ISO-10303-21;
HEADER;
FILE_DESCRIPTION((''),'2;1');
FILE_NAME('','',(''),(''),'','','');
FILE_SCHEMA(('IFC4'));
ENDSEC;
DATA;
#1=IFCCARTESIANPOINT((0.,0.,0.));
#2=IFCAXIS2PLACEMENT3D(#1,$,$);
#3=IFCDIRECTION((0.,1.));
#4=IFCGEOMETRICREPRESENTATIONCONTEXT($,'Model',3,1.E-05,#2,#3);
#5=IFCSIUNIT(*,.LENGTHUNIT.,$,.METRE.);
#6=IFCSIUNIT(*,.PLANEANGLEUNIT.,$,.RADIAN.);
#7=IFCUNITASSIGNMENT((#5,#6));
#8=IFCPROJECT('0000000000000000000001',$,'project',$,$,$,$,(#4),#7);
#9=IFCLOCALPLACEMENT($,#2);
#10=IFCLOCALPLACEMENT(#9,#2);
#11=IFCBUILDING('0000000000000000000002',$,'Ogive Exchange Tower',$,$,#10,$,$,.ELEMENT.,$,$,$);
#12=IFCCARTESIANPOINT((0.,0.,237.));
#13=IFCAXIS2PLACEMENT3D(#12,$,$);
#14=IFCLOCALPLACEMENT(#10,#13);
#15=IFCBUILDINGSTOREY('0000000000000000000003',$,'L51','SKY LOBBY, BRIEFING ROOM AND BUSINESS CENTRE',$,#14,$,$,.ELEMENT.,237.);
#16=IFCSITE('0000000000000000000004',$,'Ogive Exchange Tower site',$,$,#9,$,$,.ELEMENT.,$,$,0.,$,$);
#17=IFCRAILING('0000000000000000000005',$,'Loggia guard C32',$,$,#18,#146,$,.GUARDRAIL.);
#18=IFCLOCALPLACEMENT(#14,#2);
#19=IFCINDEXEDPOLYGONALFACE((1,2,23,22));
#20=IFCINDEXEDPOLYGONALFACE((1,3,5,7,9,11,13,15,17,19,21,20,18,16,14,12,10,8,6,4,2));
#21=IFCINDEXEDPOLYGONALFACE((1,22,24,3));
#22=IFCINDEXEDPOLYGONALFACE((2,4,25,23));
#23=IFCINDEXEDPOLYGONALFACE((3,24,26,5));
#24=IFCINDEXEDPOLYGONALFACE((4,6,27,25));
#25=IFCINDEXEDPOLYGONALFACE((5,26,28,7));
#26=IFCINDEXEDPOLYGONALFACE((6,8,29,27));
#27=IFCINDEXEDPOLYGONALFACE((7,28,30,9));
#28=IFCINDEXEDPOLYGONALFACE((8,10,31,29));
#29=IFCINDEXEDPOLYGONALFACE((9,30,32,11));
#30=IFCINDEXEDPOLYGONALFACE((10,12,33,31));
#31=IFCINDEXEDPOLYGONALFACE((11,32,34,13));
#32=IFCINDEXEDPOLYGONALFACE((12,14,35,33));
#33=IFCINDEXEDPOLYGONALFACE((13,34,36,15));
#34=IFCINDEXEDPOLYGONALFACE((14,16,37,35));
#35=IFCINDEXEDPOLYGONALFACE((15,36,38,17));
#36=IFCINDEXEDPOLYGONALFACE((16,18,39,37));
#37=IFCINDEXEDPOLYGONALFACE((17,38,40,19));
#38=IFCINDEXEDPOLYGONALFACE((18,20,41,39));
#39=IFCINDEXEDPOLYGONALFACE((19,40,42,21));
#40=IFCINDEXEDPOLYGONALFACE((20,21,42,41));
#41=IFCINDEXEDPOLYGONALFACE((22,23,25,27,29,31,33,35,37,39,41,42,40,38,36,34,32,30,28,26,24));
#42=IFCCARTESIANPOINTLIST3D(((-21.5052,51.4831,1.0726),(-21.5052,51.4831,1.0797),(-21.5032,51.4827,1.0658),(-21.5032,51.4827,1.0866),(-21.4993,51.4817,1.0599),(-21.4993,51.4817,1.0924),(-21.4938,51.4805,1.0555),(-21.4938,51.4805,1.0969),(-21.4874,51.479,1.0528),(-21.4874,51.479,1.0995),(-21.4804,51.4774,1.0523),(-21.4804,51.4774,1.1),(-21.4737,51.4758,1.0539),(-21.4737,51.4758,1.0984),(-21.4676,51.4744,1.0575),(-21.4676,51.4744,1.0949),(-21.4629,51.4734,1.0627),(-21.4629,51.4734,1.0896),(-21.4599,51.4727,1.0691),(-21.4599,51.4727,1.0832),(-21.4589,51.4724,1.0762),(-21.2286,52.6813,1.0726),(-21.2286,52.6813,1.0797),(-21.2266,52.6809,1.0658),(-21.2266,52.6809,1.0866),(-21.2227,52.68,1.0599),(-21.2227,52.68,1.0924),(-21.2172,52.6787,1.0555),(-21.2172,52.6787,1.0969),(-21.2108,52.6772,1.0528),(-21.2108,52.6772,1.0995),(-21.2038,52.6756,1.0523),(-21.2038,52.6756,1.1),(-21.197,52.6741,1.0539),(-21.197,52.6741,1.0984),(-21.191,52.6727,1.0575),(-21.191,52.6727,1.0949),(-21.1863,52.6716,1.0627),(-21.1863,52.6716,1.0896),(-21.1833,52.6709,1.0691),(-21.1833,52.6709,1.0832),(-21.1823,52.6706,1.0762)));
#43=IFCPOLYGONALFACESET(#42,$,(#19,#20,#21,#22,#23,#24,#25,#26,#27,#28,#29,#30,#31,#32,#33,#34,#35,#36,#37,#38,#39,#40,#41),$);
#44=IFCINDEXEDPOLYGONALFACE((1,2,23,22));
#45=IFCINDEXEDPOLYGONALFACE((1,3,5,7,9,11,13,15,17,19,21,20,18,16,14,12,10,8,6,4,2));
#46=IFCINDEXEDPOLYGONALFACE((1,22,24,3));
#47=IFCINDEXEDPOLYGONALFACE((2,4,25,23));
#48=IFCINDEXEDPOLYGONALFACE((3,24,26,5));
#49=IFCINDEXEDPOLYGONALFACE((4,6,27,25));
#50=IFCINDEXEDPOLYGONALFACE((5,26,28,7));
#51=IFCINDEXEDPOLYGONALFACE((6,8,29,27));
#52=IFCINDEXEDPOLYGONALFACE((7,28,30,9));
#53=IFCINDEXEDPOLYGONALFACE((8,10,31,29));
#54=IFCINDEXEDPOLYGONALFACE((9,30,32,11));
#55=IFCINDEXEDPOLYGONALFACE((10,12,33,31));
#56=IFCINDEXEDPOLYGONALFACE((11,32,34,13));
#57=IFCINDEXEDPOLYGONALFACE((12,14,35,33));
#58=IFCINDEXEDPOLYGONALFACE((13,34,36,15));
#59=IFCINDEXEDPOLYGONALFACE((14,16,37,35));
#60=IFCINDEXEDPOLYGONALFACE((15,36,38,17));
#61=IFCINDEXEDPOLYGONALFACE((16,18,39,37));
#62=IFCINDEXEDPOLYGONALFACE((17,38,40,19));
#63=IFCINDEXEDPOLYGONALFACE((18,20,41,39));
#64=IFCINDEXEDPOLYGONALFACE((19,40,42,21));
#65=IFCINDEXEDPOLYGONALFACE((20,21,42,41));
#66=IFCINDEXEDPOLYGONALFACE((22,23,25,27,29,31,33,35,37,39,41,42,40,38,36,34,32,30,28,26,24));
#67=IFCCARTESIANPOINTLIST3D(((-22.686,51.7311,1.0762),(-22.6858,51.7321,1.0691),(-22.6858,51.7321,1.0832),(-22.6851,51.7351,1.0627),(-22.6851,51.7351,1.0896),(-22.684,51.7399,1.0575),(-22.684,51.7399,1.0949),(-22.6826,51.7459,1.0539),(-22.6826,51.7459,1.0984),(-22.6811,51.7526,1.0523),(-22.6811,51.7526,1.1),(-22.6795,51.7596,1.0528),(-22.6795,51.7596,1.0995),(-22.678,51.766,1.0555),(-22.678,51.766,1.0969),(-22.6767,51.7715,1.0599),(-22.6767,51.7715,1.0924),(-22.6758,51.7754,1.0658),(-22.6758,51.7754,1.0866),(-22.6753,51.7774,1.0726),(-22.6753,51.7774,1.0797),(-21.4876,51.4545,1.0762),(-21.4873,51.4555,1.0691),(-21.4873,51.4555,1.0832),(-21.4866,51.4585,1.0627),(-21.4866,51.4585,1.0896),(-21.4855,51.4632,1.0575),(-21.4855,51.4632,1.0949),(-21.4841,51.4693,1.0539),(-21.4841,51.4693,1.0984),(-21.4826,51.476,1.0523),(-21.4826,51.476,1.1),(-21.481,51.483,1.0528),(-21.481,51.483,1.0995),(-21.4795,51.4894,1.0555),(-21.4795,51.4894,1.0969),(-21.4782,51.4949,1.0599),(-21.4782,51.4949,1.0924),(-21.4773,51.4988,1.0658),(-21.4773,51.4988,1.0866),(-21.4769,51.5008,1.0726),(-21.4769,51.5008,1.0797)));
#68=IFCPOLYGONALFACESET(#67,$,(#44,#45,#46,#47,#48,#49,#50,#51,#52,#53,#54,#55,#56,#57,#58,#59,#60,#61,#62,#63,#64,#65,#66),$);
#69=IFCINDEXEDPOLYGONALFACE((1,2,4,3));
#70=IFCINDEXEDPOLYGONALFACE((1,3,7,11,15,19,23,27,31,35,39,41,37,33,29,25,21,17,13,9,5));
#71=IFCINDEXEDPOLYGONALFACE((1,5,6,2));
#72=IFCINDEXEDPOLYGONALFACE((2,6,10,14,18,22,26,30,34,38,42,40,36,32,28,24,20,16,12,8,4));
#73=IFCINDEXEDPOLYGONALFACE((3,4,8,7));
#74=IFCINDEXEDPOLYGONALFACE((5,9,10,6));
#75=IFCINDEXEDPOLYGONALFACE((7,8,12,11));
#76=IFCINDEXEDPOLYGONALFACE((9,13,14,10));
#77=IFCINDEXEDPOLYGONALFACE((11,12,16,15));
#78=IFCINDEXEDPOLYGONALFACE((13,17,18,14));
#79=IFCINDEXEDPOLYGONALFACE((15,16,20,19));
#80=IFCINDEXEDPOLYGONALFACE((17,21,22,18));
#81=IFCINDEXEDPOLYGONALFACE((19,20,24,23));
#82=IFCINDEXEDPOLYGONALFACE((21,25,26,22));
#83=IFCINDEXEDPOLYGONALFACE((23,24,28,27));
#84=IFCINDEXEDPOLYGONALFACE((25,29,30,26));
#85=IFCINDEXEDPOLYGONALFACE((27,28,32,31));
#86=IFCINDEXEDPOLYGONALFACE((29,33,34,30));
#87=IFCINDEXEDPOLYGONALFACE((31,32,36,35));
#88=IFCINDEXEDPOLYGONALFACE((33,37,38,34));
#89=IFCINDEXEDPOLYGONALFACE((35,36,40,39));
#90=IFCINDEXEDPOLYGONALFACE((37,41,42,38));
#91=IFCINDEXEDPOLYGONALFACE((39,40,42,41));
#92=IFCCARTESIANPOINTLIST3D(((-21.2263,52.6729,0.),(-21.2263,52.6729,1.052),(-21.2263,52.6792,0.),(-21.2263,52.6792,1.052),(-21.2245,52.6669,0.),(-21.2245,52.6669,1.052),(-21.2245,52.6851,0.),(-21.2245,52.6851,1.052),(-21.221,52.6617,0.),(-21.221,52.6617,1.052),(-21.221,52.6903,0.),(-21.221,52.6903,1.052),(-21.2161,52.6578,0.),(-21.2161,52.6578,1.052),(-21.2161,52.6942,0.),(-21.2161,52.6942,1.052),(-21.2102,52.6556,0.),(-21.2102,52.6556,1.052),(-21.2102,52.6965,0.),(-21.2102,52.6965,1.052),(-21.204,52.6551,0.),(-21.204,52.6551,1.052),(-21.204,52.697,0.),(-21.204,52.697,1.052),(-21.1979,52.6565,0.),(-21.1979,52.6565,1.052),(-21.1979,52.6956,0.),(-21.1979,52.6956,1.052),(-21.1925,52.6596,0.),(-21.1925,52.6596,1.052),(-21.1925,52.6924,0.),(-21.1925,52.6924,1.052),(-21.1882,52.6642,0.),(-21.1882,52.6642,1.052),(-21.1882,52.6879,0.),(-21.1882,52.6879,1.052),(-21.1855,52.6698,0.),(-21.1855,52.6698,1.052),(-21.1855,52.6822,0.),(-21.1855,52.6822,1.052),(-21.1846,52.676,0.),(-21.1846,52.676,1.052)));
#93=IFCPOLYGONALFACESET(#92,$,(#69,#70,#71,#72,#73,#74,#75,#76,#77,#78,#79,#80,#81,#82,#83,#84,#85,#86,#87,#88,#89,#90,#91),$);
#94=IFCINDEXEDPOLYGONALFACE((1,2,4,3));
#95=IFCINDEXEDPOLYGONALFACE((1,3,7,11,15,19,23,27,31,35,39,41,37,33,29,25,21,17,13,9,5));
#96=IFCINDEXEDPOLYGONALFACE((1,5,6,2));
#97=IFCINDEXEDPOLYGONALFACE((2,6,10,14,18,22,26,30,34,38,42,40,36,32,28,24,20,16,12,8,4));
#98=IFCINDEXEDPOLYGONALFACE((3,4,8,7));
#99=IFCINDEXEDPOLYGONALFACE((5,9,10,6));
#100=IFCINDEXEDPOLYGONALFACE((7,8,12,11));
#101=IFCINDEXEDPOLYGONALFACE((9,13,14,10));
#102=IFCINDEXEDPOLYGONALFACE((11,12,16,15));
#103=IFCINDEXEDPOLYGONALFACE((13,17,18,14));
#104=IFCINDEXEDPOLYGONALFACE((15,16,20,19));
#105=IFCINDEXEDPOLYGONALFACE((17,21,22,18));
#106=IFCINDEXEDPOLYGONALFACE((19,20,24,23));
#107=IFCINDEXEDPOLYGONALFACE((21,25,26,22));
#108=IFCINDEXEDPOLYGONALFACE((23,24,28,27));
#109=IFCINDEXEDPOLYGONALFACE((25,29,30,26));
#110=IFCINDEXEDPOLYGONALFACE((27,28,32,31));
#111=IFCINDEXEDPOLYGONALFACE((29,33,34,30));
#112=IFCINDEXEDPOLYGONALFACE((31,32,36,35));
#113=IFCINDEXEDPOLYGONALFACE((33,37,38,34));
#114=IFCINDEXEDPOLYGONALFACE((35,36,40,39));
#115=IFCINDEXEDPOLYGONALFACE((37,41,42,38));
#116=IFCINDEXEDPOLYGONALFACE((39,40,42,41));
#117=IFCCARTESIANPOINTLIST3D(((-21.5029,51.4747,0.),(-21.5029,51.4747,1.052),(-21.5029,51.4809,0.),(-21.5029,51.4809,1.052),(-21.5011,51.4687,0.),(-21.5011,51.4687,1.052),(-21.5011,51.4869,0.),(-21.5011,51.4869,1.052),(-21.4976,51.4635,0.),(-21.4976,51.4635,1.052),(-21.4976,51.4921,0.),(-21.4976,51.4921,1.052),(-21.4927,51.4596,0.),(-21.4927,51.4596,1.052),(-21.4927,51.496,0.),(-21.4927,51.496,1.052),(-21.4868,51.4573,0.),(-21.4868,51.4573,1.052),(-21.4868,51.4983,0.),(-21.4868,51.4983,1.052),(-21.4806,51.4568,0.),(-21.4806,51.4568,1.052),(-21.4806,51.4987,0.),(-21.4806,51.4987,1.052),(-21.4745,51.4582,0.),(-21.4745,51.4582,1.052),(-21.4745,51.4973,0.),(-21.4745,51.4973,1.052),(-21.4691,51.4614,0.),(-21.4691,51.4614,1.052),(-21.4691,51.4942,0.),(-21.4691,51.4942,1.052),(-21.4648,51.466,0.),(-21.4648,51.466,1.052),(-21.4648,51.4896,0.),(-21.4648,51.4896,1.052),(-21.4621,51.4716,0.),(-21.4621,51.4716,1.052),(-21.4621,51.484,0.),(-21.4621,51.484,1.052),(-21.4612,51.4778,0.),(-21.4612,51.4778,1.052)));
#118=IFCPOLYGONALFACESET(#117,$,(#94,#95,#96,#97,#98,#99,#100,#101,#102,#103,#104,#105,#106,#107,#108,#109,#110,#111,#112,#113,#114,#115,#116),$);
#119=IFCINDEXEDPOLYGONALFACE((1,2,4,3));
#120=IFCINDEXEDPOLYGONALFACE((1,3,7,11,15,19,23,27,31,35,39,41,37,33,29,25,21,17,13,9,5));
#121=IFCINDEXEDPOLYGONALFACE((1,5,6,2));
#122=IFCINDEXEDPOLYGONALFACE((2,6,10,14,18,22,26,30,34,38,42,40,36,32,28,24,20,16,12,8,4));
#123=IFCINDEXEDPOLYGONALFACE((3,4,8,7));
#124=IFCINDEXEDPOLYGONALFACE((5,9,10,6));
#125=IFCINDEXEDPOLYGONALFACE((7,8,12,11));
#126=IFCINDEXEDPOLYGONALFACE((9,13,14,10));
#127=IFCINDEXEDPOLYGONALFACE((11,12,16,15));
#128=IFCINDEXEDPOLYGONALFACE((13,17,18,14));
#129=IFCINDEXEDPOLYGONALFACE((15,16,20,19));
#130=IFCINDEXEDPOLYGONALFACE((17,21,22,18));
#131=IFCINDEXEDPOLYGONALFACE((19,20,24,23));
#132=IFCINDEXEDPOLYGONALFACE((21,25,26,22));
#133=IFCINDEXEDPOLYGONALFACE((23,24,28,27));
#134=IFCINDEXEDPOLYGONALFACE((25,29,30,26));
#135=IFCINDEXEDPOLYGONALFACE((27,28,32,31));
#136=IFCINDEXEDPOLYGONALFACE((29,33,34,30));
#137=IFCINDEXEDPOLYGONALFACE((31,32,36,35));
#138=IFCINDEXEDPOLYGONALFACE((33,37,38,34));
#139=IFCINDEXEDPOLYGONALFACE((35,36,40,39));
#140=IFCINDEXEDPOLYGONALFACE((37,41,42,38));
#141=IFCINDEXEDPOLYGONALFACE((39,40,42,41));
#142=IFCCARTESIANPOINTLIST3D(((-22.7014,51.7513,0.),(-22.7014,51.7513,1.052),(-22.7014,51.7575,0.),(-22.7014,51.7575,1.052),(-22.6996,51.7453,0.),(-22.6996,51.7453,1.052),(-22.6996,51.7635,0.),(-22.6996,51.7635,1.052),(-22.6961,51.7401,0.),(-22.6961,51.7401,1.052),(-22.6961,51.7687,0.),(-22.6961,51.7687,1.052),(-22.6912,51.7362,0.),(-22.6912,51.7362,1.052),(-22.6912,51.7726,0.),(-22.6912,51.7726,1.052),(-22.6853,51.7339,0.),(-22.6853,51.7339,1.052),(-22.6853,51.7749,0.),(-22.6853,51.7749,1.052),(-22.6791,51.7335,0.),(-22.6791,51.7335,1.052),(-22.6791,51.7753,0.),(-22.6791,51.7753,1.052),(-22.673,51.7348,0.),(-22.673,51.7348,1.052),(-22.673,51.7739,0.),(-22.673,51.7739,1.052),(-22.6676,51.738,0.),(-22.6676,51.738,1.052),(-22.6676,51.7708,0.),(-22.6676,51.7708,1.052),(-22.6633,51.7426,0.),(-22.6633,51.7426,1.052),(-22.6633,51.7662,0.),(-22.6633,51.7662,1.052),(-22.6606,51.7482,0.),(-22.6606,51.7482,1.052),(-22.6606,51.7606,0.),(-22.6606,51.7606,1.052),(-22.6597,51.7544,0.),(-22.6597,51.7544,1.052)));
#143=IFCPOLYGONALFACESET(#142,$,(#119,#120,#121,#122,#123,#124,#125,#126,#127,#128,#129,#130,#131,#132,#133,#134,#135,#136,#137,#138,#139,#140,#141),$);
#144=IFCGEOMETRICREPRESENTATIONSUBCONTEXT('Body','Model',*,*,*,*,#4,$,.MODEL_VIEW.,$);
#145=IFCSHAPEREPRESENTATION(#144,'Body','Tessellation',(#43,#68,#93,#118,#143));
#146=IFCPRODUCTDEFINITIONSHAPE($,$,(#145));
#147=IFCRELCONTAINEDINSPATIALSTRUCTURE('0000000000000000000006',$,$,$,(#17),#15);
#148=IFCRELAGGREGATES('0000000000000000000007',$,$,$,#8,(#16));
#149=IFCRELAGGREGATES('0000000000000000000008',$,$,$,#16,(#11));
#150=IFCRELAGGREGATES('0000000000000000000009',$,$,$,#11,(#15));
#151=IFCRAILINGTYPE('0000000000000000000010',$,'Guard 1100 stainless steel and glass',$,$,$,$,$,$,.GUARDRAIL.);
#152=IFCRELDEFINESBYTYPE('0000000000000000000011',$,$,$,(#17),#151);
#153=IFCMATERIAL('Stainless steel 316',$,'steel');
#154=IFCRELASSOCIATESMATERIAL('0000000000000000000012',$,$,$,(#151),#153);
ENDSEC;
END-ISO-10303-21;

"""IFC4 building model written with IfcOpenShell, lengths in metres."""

from ifc_helpers import new_model, si_unit, direction, frame, origin, origin_2d, place, context, subcontext, project, spatial, circle, extrude, material, type_object, element, save


model = new_model("IFC4")

# Units and contexts
model_context = context("Model", 3, precision=1e-05, world=origin(), true_north=direction((0.0, 1.0)))
body_context = subcontext(model_context, "Body", "Model", "MODEL_VIEW")
ifc_project = project(units=[si_unit("LENGTHUNIT", "METRE"), si_unit("PLANEANGLEUNIT", "RADIAN")], contexts=[model_context])

# Site, building, storey
site_placement = place(None, origin())
site = spatial("IfcSite", under=ifc_project, at=site_placement, Name="Ogive Exchange Tower site", CompositionType="ELEMENT", RefElevation=0.0)
building_placement = place(site_placement, origin())
building = spatial("IfcBuilding", under=site, at=building_placement, Name="Ogive Exchange Tower", CompositionType="ELEMENT")
storey_placement = place(building_placement, frame((0.0, 0.0, 237.0)))
storey = spatial("IfcBuildingStorey", under=building, at=storey_placement, Name="L51", Description="SKY LOBBY, BRIEFING ROOM AND BUSINESS CENTRE", CompositionType="ELEMENT", Elevation=237.0)

# Railing
ifc_material_1 = material(Name="Stainless steel 316", Category="steel")
railing_type = type_object("IfcRailingType", Name="Guard 1100 stainless steel and glass", PredefinedType="GUARDRAIL", material=ifc_material_1)
railing_1_placement = place(storey_placement, frame((-21.2056, 52.676, 0.0)))
element("IfcRailing", 1, at=railing_1_placement, inside=storey, type_object=railing_type, Name="Loggia guard C32", PredefinedType="GUARDRAIL", context=body_context, shape_type="SweptSolid", body=[
    extrude(circle(Radius=0.0239, at=origin_2d()), frame((0.0, 0.0, 1.0762), z_axis=(-0.224932, -0.974374, 0.0), x_axis=(0.974374, -0.224932, 0.0)), (0.0, 0.0, 1.0), 1.2297),
    extrude(circle(Radius=0.0239, at=origin_2d()), frame((-0.2766, -1.1982, 1.0762), z_axis=(-0.974385, 0.224888, 0.0), x_axis=(-0.224888, -0.974385, 0.0)), (0.0, 0.0, 1.0), 1.23),
    extrude(circle(Radius=0.021, at=origin_2d()), origin(), (0.0, 0.0, 1.0), 1.052),
    extrude(circle(Radius=0.021, at=origin_2d()), frame((-0.2766, -1.1982, 0.0)), (0.0, 0.0, 1.0), 1.052),
    extrude(circle(Radius=0.021, at=origin_2d()), frame((-1.4751, -0.9216, 0.0)), (0.0, 0.0, 1.0), 1.052),
])

save(model, "model.ifc")
